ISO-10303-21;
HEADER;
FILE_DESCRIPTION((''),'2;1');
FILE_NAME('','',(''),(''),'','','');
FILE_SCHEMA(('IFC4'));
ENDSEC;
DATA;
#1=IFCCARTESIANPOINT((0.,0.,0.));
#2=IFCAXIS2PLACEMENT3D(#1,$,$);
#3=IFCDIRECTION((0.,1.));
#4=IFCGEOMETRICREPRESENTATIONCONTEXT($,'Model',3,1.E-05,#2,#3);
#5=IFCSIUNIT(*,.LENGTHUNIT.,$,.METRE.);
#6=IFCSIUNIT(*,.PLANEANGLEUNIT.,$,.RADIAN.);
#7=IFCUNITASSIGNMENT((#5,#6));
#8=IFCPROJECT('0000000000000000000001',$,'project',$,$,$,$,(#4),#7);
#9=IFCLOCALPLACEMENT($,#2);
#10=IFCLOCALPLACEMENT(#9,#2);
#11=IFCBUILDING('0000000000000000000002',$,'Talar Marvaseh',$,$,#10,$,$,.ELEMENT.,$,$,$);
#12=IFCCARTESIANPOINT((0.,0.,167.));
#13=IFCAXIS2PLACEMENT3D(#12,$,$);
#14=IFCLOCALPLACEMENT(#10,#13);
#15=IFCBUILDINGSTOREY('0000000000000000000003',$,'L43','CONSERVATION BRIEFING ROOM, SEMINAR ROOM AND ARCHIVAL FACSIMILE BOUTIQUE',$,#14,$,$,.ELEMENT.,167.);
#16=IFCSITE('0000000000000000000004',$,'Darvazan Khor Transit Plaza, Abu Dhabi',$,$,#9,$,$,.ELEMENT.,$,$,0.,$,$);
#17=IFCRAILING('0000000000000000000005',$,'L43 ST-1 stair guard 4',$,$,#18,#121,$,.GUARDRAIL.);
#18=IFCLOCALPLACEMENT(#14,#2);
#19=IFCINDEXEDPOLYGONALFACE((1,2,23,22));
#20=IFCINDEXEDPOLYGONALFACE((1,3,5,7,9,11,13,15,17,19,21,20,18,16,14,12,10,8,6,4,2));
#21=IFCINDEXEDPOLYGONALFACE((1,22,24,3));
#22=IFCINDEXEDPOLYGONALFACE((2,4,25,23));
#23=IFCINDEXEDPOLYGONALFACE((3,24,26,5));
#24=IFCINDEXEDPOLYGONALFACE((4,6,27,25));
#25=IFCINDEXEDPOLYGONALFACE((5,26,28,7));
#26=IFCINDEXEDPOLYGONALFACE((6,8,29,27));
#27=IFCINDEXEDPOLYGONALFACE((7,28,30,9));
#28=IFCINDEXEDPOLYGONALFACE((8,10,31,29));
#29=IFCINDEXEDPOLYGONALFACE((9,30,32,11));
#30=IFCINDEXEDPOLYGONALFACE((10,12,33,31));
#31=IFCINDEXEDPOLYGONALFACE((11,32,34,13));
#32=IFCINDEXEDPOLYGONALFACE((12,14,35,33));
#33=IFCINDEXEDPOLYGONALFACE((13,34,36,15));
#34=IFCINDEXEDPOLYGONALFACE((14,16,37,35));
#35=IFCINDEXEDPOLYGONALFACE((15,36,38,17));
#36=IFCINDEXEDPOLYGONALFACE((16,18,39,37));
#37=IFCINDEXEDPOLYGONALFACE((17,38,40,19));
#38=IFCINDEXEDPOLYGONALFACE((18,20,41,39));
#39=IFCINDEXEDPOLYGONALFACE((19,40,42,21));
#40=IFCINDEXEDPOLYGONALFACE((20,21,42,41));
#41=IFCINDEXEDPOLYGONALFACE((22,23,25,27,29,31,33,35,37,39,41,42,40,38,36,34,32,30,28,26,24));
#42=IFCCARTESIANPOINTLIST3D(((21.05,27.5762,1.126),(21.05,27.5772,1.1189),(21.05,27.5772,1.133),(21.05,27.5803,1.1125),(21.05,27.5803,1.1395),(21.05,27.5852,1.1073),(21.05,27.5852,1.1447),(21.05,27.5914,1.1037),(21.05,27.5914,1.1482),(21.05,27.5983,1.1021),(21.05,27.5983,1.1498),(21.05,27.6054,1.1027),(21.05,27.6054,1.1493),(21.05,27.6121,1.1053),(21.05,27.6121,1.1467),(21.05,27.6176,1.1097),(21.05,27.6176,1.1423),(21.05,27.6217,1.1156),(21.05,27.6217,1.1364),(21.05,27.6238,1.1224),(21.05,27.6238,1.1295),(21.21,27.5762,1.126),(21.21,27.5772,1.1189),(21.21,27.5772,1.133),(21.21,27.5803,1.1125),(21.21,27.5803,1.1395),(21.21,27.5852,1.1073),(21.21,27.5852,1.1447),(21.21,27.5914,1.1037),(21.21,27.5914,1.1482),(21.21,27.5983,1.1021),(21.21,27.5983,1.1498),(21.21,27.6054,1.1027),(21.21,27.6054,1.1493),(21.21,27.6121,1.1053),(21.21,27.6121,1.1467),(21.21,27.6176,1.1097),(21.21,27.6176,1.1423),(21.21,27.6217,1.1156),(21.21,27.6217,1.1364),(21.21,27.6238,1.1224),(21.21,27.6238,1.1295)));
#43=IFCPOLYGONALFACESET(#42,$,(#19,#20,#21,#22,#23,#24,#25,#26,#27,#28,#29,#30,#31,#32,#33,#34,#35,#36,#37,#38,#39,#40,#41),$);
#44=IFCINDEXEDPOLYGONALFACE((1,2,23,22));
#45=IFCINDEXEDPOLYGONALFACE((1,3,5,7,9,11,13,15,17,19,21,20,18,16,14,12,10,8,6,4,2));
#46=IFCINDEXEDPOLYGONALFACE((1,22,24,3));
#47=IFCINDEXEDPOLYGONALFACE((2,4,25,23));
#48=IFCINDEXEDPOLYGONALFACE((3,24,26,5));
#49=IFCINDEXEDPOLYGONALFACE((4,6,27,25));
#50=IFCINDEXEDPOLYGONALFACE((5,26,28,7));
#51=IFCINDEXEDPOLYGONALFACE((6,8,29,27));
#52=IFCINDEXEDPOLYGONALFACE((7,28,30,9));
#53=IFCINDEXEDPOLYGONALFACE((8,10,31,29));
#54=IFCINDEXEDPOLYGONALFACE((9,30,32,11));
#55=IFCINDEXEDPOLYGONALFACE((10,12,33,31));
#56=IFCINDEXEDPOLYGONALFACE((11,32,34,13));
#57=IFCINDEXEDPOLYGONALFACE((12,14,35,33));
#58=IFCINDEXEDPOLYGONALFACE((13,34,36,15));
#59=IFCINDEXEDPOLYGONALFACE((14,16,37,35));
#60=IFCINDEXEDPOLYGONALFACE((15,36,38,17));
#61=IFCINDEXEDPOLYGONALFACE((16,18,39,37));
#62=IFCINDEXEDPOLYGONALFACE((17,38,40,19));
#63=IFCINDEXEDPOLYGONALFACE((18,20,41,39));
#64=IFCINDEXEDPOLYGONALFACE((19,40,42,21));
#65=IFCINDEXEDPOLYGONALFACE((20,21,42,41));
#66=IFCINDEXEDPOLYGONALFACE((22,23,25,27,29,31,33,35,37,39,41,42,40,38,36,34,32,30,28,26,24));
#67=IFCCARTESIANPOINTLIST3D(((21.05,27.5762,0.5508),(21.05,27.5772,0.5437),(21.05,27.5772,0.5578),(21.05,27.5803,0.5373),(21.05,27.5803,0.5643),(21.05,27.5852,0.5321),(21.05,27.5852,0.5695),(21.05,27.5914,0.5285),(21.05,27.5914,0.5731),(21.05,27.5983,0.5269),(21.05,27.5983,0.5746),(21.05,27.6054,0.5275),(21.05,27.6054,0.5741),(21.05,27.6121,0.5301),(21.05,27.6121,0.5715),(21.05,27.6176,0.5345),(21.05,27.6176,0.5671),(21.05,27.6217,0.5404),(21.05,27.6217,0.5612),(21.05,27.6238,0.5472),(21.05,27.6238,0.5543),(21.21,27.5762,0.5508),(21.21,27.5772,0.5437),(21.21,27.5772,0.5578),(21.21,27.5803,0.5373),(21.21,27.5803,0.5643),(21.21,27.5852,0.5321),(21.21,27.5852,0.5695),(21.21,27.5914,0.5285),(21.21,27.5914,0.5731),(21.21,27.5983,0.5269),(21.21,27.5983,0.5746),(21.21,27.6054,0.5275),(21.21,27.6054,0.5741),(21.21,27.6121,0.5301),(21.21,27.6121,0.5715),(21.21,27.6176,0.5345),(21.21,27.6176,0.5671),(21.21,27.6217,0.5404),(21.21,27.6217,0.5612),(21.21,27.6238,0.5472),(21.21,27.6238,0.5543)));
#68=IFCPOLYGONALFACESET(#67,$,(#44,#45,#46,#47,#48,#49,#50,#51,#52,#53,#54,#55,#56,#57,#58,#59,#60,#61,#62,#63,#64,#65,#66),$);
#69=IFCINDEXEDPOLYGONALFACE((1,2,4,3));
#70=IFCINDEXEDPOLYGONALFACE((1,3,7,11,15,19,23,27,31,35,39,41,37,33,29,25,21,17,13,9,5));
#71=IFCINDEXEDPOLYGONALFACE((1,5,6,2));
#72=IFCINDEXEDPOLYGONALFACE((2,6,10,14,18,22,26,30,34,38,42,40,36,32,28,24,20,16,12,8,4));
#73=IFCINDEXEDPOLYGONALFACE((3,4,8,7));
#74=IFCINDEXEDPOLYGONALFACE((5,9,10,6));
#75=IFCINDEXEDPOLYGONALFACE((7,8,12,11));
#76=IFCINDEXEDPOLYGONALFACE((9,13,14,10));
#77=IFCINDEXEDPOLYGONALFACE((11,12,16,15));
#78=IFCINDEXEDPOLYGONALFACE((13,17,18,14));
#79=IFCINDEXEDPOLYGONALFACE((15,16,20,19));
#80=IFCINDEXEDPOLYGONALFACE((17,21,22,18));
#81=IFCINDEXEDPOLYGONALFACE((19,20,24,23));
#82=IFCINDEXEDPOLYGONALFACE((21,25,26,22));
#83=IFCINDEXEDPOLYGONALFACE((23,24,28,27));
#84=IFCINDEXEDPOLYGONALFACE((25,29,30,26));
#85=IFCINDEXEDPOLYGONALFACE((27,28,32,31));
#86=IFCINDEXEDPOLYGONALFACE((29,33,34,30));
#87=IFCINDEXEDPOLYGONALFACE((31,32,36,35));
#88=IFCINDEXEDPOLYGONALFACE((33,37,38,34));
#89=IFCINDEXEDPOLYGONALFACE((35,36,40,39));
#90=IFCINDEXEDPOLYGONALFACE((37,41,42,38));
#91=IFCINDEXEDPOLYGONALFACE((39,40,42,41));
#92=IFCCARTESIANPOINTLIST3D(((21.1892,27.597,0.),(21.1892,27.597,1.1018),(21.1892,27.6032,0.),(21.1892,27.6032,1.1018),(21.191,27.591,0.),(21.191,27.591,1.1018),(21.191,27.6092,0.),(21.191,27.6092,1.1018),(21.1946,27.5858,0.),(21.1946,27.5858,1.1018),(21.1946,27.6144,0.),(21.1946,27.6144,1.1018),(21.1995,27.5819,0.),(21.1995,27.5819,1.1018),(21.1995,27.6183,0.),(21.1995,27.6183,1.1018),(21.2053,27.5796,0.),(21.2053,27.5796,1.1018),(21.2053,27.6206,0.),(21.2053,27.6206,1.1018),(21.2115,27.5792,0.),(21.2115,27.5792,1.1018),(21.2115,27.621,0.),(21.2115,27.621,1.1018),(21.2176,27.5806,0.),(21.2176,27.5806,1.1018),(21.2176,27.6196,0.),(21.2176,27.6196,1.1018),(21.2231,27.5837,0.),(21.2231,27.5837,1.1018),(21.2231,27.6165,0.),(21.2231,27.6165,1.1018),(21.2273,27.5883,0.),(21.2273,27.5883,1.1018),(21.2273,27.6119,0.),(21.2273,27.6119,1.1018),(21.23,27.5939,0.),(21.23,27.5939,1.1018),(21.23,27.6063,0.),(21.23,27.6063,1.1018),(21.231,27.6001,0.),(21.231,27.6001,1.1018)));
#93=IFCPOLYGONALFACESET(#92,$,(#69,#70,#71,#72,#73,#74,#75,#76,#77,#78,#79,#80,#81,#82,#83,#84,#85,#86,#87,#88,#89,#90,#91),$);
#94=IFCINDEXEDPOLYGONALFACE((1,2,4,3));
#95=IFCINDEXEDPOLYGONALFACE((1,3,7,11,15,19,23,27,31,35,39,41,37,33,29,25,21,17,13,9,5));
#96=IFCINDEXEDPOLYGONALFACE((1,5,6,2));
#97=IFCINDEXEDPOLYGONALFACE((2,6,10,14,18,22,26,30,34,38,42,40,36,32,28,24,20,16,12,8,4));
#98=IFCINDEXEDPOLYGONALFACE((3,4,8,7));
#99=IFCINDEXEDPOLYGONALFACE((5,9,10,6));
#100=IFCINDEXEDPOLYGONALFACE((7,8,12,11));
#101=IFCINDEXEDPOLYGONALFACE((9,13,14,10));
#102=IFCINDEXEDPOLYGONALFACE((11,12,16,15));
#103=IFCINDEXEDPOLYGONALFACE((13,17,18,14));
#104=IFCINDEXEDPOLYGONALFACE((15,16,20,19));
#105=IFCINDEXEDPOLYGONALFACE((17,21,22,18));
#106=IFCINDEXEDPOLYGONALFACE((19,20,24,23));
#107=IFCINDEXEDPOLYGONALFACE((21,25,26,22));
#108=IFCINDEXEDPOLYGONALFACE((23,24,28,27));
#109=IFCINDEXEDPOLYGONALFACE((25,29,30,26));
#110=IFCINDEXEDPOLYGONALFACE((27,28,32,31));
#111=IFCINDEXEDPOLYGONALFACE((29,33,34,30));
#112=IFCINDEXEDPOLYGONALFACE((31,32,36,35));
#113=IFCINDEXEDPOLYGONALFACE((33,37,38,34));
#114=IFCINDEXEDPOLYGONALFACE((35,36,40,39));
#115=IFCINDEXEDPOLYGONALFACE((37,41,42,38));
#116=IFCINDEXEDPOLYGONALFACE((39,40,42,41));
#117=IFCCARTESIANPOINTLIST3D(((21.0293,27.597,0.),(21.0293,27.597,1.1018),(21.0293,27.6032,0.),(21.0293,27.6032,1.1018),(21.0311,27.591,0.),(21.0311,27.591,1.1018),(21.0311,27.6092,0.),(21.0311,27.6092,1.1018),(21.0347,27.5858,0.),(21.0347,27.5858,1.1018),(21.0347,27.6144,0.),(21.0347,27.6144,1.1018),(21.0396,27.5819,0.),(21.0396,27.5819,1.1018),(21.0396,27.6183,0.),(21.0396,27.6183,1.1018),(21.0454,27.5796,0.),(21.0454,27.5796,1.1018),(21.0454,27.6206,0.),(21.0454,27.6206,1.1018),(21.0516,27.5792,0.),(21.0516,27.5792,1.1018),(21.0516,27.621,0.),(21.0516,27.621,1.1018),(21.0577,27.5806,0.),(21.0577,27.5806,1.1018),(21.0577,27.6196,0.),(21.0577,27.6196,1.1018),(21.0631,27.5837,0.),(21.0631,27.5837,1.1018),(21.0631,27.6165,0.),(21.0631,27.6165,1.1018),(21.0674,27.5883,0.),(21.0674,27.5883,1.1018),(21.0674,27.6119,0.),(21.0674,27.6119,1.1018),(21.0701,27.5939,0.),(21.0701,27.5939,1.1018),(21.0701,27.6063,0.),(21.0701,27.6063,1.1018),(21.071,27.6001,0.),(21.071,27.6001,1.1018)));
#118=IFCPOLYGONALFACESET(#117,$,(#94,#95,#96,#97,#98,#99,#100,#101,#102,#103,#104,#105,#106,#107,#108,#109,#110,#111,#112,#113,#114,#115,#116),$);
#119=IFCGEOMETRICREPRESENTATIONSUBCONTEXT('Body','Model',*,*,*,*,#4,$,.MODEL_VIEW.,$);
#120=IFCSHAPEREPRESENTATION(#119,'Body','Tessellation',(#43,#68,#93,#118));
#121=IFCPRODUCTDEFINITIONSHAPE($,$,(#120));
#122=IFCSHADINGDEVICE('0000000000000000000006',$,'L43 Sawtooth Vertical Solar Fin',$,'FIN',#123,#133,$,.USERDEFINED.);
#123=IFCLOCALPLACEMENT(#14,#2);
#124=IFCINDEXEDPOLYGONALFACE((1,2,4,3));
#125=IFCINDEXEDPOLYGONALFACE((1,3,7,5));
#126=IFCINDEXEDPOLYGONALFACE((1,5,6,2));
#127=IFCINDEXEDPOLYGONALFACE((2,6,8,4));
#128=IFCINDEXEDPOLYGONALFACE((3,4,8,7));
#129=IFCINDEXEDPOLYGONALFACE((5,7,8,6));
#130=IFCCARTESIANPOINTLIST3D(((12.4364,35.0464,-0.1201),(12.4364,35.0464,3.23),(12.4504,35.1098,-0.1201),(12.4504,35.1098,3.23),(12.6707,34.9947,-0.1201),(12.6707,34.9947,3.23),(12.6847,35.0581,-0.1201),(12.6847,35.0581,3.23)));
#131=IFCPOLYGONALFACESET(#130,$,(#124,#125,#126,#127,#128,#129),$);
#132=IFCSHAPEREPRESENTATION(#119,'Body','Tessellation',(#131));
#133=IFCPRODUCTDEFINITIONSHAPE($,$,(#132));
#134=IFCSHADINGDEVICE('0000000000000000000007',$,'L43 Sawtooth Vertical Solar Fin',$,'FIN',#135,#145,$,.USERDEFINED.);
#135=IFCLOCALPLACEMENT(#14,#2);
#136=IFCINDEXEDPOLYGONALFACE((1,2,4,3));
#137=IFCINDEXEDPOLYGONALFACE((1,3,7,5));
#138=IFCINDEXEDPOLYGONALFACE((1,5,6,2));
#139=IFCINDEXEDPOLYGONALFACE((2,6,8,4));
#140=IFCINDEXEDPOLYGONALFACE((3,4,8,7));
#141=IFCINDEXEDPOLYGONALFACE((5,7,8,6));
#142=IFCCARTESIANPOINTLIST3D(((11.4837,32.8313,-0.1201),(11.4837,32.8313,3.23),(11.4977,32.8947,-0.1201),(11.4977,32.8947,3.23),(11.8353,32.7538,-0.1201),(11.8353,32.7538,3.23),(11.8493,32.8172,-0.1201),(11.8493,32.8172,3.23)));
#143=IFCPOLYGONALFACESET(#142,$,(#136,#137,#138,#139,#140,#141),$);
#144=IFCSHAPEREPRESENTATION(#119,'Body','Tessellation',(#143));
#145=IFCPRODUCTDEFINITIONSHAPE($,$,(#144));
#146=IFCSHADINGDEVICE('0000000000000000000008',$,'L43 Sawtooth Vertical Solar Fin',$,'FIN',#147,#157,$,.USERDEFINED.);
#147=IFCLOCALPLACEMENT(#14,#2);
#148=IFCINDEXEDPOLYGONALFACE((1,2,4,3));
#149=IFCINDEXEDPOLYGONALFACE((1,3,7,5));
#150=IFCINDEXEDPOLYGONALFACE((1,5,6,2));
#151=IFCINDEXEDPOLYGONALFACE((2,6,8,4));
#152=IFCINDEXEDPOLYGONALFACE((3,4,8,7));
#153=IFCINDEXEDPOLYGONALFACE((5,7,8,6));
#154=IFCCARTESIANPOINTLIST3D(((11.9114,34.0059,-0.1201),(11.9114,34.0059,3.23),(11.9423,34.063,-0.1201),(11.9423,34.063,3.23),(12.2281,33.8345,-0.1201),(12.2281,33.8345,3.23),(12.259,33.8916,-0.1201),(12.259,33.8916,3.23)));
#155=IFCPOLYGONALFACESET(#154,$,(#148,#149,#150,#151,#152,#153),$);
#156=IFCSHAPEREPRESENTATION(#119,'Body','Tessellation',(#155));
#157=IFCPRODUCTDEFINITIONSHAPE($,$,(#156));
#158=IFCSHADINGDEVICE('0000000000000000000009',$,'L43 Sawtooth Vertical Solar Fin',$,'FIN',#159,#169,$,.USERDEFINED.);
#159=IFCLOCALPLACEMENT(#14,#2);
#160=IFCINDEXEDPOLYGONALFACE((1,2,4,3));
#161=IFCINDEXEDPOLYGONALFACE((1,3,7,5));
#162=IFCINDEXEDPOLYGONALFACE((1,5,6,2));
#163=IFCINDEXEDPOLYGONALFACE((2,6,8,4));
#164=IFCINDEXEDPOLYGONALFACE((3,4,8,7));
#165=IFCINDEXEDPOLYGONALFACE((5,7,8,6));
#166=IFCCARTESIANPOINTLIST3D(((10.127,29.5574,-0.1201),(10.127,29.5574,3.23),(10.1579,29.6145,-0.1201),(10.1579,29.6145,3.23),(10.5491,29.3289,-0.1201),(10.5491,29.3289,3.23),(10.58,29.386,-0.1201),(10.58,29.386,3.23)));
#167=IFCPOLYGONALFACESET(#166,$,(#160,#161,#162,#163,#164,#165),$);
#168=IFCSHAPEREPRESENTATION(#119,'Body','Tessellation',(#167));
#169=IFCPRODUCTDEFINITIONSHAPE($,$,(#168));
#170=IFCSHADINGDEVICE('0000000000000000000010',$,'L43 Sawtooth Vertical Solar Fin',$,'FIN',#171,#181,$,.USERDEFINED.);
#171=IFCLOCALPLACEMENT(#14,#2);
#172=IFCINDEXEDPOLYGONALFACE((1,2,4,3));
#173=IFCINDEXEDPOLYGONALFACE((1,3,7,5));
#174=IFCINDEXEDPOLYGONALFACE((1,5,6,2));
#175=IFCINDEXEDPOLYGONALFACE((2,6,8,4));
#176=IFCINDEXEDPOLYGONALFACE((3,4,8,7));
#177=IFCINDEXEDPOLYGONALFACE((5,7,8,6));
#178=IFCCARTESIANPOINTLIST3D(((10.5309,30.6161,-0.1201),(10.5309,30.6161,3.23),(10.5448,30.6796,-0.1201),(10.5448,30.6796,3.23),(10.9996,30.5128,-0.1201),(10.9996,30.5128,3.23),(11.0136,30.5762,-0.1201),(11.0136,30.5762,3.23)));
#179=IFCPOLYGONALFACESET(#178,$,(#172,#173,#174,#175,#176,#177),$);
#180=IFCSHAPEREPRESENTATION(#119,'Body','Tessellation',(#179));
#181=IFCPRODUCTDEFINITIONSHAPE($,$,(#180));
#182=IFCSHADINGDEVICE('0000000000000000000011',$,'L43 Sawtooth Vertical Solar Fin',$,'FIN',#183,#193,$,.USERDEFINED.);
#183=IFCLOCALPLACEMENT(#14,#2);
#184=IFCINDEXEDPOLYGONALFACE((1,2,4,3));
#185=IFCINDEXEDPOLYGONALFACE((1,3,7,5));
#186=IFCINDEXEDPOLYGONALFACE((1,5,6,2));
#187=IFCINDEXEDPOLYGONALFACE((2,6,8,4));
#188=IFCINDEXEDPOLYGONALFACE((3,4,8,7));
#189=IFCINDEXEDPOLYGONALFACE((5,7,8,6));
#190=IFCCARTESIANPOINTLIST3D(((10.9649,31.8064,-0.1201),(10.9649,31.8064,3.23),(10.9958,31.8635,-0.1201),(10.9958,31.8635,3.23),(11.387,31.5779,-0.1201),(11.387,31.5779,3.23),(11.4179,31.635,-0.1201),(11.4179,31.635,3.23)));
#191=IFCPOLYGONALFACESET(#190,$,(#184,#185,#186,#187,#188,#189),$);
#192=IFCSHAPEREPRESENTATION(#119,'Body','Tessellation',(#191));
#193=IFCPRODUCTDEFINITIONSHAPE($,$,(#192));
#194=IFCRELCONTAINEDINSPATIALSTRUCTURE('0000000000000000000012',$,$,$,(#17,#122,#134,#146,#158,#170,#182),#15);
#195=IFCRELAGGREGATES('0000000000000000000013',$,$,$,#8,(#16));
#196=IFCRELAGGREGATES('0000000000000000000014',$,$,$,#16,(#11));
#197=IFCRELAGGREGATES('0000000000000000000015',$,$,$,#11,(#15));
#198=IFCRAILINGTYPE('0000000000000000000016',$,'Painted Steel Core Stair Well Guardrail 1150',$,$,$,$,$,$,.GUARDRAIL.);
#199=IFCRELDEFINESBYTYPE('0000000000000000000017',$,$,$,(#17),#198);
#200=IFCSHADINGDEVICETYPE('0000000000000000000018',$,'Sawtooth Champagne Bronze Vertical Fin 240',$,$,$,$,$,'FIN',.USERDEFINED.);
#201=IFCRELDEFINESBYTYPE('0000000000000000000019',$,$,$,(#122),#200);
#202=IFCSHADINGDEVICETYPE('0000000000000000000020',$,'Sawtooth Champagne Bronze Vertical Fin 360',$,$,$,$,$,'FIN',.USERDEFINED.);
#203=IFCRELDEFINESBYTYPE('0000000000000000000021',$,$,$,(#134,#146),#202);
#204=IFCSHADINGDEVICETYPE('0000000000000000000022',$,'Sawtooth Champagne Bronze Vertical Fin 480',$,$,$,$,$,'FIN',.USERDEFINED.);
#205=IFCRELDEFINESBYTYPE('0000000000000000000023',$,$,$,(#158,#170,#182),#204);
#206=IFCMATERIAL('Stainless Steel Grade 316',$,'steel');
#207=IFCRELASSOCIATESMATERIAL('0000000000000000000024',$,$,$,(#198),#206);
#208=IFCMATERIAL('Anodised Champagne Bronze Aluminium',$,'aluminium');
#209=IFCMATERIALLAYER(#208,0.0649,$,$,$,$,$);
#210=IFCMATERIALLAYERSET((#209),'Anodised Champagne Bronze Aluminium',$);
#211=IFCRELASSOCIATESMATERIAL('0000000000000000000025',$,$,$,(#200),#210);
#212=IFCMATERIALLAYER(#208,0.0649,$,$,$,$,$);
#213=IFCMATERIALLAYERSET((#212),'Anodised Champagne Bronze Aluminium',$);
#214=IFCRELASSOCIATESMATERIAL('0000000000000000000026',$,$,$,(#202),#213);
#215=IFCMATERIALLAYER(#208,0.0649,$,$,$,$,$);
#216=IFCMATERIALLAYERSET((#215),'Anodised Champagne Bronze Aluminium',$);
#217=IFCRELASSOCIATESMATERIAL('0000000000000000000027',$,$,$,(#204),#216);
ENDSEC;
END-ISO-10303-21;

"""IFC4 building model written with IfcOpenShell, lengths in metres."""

from ifc_helpers import new_model, si_unit, direction, frame, origin, origin_2d, place, context, subcontext, project, spatial, rectangle, circle, extrude, source, transform, mapped, material, layer, layer_set, type_object, type_shapes, element, save


model = new_model("IFC4")

# Units and contexts
model_context = context("Model", 3, precision=1e-05, world=origin(), true_north=direction((0.0, 1.0)))
body_context = subcontext(model_context, "Body", "Model", "MODEL_VIEW")
ifc_project = project(units=[si_unit("LENGTHUNIT", "METRE"), si_unit("PLANEANGLEUNIT", "RADIAN")], contexts=[model_context])

# Site, building, storey
site_placement = place(None, origin())
site = spatial("IfcSite", under=ifc_project, at=site_placement, Name="Darvazan Khor Transit Plaza, Abu Dhabi", CompositionType="ELEMENT", RefElevation=0.0)
building_placement = place(site_placement, origin())
building = spatial("IfcBuilding", under=site, at=building_placement, Name="Talar Marvaseh", CompositionType="ELEMENT")
storey_placement = place(building_placement, frame((0.0, 0.0, 167.0)))
storey = spatial("IfcBuildingStorey", under=building, at=storey_placement, Name="L43", Description="CONSERVATION BRIEFING ROOM, SEMINAR ROOM AND ARCHIVAL FACSIMILE BOUTIQUE", CompositionType="ELEMENT", Elevation=167.0)

# Railing
ifc_material_1 = material(Name="Stainless Steel Grade 316", Category="steel")
railing_type_1 = type_object("IfcRailingType", Name="Painted Steel Core Stair Well Guardrail 1150", PredefinedType="GUARDRAIL", material=ifc_material_1)
railing_1_placement = place(storey_placement, frame((21.21, 27.6001, 0.0)))
element("IfcRailing", 1, at=railing_1_placement, inside=storey, type_object=railing_type_1, Name="L43 ST-1 stair guard 4", PredefinedType="GUARDRAIL", context=body_context, shape_type="SweptSolid", body=[
    extrude(circle(Radius=0.0239, at=origin_2d()), frame((0.0, 0.0, 1.126), z_axis=(-1.0, 0.0, 0.0), x_axis=(0.0, -1.0, 0.0)), (0.0, 0.0, 1.0), 0.1599),
    extrude(circle(Radius=0.0239, at=origin_2d()), frame((0.0, 0.0, 0.5508), z_axis=(-1.0, 0.0, 0.0), x_axis=(0.0, -1.0, 0.0)), (0.0, 0.0, 1.0), 0.1599),
    extrude(circle(Radius=0.021, at=origin_2d()), origin(), (0.0, 0.0, 1.0), 1.1018),
    extrude(circle(Radius=0.021, at=origin_2d()), frame((-0.1599, 0.0, 0.0)), (0.0, 0.0, 1.0), 1.1018),
])

# Shading devices
ifc_material_2 = material(Name="Anodised Champagne Bronze Aluminium", Category="aluminium")
ifc_layer_1 = layer(ifc_material_2, 0.0649)
ifc_layer_set_1 = layer_set([ifc_layer_1], Name="Anodised Champagne Bronze Aluminium")
shading_device_type_1 = type_object("IfcShadingDeviceType", Name="Sawtooth Champagne Bronze Vertical Fin 240", ElementType="FIN", PredefinedType="USERDEFINED", material=ifc_layer_set_1)
shared_shape_1 = source(origin(), body_context, "Body", "SweptSolid", [
    extrude(rectangle(XDim=0.24, YDim=0.0649, at=origin_2d()), origin(), (0.0, 0.0, 1.0), 3.3501),
])
type_shapes(shading_device_type_1, [shared_shape_1])
shading_device_placement = place(storey_placement, frame((12.5605, 35.0522, -0.1201), z_axis=(0.0, 0.0, 1.0), x_axis=(-0.97656, 0.215247, 0.0)))
element("IfcShadingDevice", 2, at=shading_device_placement, inside=storey, type_object=shading_device_type_1, Name="L43 Sawtooth Vertical Solar Fin", ObjectType="FIN", PredefinedType="USERDEFINED", context=body_context, shape_type="MappedRepresentation", body=[
    mapped(shared_shape_1, transform((0.0, 0.0, 0.0), x_axis=(1.0, 0.0, 0.0), y_axis=(0.0, 1.0, 0.0), z_axis=(0.0, 0.0, 1.0), scale=1.0)),
])
ifc_layer_2 = layer(ifc_material_2, 0.0649)
ifc_layer_set_2 = layer_set([ifc_layer_2], Name="Anodised Champagne Bronze Aluminium")
shading_device_type_2 = type_object("IfcShadingDeviceType", Name="Sawtooth Champagne Bronze Vertical Fin 360", ElementType="FIN", PredefinedType="USERDEFINED", material=ifc_layer_set_2)
shared_shape_2 = source(origin(), body_context, "Body", "SweptSolid", [
    extrude(rectangle(XDim=0.3601, YDim=0.0649, at=origin_2d()), origin(), (0.0, 0.0, 1.0), 3.3501),
])
type_shapes(shading_device_type_2, [shared_shape_2])
for number, where, z_axis, x_axis, name in (
    (3, (11.6665, 32.8242, -0.1201), (0.0, 0.0, 1.0), (-0.97656, 0.215247, 0.0), "L43 Sawtooth Vertical Solar Fin"),
    (4, (12.0852, 33.9487, -0.1201), (0.0, 0.0, 1.0), (-0.879399, 0.476085, 0.0), "L43 Sawtooth Vertical Solar Fin"),
):
    element("IfcShadingDevice", number, at=place(storey_placement, frame(where, z_axis=z_axis, x_axis=x_axis)), inside=storey, type_object=shading_device_type_2, Name=name, ObjectType="FIN", PredefinedType="USERDEFINED", context=body_context, shape_type="MappedRepresentation", body=[
        mapped(shared_shape_2, transform((0.0, 0.0, 0.0), x_axis=(1.0, 0.0, 0.0), y_axis=(0.0, 1.0, 0.0), z_axis=(0.0, 0.0, 1.0), scale=1.0)),
    ])
ifc_layer_3 = layer(ifc_material_2, 0.0649)
ifc_layer_set_3 = layer_set([ifc_layer_3], Name="Anodised Champagne Bronze Aluminium")
shading_device_type_3 = type_object("IfcShadingDeviceType", Name="Sawtooth Champagne Bronze Vertical Fin 480", ElementType="FIN", PredefinedType="USERDEFINED", material=ifc_layer_set_3)
shared_shape_3 = source(origin(), body_context, "Body", "SweptSolid", [
    extrude(rectangle(XDim=0.48, YDim=0.0649, at=origin_2d()), origin(), (0.0, 0.0, 1.0), 3.3501),
])
type_shapes(shading_device_type_3, [shared_shape_3])
for number, where, z_axis, x_axis, name in (
    (5, (10.3535, 29.4717, -0.1201), (0.0, 0.0, 1.0), (-0.879399, 0.476085, 0.0), "L43 Sawtooth Vertical Solar Fin"),
    (6, (10.7722, 30.5962, -0.1201), (0.0, 0.0, 1.0), (-0.97656, 0.215247, 0.0), "L43 Sawtooth Vertical Solar Fin"),
    (7, (11.1914, 31.7207, -0.1201), (0.0, 0.0, 1.0), (-0.879399, 0.476085, 0.0), "L43 Sawtooth Vertical Solar Fin"),
):
    element("IfcShadingDevice", number, at=place(storey_placement, frame(where, z_axis=z_axis, x_axis=x_axis)), inside=storey, type_object=shading_device_type_3, Name=name, ObjectType="FIN", PredefinedType="USERDEFINED", context=body_context, shape_type="MappedRepresentation", body=[
        mapped(shared_shape_3, transform((0.0, 0.0, 0.0), x_axis=(1.0, 0.0, 0.0), y_axis=(0.0, 1.0, 0.0), z_axis=(0.0, 0.0, 1.0), scale=1.0)),
    ])

save(model, "model.ifc")
